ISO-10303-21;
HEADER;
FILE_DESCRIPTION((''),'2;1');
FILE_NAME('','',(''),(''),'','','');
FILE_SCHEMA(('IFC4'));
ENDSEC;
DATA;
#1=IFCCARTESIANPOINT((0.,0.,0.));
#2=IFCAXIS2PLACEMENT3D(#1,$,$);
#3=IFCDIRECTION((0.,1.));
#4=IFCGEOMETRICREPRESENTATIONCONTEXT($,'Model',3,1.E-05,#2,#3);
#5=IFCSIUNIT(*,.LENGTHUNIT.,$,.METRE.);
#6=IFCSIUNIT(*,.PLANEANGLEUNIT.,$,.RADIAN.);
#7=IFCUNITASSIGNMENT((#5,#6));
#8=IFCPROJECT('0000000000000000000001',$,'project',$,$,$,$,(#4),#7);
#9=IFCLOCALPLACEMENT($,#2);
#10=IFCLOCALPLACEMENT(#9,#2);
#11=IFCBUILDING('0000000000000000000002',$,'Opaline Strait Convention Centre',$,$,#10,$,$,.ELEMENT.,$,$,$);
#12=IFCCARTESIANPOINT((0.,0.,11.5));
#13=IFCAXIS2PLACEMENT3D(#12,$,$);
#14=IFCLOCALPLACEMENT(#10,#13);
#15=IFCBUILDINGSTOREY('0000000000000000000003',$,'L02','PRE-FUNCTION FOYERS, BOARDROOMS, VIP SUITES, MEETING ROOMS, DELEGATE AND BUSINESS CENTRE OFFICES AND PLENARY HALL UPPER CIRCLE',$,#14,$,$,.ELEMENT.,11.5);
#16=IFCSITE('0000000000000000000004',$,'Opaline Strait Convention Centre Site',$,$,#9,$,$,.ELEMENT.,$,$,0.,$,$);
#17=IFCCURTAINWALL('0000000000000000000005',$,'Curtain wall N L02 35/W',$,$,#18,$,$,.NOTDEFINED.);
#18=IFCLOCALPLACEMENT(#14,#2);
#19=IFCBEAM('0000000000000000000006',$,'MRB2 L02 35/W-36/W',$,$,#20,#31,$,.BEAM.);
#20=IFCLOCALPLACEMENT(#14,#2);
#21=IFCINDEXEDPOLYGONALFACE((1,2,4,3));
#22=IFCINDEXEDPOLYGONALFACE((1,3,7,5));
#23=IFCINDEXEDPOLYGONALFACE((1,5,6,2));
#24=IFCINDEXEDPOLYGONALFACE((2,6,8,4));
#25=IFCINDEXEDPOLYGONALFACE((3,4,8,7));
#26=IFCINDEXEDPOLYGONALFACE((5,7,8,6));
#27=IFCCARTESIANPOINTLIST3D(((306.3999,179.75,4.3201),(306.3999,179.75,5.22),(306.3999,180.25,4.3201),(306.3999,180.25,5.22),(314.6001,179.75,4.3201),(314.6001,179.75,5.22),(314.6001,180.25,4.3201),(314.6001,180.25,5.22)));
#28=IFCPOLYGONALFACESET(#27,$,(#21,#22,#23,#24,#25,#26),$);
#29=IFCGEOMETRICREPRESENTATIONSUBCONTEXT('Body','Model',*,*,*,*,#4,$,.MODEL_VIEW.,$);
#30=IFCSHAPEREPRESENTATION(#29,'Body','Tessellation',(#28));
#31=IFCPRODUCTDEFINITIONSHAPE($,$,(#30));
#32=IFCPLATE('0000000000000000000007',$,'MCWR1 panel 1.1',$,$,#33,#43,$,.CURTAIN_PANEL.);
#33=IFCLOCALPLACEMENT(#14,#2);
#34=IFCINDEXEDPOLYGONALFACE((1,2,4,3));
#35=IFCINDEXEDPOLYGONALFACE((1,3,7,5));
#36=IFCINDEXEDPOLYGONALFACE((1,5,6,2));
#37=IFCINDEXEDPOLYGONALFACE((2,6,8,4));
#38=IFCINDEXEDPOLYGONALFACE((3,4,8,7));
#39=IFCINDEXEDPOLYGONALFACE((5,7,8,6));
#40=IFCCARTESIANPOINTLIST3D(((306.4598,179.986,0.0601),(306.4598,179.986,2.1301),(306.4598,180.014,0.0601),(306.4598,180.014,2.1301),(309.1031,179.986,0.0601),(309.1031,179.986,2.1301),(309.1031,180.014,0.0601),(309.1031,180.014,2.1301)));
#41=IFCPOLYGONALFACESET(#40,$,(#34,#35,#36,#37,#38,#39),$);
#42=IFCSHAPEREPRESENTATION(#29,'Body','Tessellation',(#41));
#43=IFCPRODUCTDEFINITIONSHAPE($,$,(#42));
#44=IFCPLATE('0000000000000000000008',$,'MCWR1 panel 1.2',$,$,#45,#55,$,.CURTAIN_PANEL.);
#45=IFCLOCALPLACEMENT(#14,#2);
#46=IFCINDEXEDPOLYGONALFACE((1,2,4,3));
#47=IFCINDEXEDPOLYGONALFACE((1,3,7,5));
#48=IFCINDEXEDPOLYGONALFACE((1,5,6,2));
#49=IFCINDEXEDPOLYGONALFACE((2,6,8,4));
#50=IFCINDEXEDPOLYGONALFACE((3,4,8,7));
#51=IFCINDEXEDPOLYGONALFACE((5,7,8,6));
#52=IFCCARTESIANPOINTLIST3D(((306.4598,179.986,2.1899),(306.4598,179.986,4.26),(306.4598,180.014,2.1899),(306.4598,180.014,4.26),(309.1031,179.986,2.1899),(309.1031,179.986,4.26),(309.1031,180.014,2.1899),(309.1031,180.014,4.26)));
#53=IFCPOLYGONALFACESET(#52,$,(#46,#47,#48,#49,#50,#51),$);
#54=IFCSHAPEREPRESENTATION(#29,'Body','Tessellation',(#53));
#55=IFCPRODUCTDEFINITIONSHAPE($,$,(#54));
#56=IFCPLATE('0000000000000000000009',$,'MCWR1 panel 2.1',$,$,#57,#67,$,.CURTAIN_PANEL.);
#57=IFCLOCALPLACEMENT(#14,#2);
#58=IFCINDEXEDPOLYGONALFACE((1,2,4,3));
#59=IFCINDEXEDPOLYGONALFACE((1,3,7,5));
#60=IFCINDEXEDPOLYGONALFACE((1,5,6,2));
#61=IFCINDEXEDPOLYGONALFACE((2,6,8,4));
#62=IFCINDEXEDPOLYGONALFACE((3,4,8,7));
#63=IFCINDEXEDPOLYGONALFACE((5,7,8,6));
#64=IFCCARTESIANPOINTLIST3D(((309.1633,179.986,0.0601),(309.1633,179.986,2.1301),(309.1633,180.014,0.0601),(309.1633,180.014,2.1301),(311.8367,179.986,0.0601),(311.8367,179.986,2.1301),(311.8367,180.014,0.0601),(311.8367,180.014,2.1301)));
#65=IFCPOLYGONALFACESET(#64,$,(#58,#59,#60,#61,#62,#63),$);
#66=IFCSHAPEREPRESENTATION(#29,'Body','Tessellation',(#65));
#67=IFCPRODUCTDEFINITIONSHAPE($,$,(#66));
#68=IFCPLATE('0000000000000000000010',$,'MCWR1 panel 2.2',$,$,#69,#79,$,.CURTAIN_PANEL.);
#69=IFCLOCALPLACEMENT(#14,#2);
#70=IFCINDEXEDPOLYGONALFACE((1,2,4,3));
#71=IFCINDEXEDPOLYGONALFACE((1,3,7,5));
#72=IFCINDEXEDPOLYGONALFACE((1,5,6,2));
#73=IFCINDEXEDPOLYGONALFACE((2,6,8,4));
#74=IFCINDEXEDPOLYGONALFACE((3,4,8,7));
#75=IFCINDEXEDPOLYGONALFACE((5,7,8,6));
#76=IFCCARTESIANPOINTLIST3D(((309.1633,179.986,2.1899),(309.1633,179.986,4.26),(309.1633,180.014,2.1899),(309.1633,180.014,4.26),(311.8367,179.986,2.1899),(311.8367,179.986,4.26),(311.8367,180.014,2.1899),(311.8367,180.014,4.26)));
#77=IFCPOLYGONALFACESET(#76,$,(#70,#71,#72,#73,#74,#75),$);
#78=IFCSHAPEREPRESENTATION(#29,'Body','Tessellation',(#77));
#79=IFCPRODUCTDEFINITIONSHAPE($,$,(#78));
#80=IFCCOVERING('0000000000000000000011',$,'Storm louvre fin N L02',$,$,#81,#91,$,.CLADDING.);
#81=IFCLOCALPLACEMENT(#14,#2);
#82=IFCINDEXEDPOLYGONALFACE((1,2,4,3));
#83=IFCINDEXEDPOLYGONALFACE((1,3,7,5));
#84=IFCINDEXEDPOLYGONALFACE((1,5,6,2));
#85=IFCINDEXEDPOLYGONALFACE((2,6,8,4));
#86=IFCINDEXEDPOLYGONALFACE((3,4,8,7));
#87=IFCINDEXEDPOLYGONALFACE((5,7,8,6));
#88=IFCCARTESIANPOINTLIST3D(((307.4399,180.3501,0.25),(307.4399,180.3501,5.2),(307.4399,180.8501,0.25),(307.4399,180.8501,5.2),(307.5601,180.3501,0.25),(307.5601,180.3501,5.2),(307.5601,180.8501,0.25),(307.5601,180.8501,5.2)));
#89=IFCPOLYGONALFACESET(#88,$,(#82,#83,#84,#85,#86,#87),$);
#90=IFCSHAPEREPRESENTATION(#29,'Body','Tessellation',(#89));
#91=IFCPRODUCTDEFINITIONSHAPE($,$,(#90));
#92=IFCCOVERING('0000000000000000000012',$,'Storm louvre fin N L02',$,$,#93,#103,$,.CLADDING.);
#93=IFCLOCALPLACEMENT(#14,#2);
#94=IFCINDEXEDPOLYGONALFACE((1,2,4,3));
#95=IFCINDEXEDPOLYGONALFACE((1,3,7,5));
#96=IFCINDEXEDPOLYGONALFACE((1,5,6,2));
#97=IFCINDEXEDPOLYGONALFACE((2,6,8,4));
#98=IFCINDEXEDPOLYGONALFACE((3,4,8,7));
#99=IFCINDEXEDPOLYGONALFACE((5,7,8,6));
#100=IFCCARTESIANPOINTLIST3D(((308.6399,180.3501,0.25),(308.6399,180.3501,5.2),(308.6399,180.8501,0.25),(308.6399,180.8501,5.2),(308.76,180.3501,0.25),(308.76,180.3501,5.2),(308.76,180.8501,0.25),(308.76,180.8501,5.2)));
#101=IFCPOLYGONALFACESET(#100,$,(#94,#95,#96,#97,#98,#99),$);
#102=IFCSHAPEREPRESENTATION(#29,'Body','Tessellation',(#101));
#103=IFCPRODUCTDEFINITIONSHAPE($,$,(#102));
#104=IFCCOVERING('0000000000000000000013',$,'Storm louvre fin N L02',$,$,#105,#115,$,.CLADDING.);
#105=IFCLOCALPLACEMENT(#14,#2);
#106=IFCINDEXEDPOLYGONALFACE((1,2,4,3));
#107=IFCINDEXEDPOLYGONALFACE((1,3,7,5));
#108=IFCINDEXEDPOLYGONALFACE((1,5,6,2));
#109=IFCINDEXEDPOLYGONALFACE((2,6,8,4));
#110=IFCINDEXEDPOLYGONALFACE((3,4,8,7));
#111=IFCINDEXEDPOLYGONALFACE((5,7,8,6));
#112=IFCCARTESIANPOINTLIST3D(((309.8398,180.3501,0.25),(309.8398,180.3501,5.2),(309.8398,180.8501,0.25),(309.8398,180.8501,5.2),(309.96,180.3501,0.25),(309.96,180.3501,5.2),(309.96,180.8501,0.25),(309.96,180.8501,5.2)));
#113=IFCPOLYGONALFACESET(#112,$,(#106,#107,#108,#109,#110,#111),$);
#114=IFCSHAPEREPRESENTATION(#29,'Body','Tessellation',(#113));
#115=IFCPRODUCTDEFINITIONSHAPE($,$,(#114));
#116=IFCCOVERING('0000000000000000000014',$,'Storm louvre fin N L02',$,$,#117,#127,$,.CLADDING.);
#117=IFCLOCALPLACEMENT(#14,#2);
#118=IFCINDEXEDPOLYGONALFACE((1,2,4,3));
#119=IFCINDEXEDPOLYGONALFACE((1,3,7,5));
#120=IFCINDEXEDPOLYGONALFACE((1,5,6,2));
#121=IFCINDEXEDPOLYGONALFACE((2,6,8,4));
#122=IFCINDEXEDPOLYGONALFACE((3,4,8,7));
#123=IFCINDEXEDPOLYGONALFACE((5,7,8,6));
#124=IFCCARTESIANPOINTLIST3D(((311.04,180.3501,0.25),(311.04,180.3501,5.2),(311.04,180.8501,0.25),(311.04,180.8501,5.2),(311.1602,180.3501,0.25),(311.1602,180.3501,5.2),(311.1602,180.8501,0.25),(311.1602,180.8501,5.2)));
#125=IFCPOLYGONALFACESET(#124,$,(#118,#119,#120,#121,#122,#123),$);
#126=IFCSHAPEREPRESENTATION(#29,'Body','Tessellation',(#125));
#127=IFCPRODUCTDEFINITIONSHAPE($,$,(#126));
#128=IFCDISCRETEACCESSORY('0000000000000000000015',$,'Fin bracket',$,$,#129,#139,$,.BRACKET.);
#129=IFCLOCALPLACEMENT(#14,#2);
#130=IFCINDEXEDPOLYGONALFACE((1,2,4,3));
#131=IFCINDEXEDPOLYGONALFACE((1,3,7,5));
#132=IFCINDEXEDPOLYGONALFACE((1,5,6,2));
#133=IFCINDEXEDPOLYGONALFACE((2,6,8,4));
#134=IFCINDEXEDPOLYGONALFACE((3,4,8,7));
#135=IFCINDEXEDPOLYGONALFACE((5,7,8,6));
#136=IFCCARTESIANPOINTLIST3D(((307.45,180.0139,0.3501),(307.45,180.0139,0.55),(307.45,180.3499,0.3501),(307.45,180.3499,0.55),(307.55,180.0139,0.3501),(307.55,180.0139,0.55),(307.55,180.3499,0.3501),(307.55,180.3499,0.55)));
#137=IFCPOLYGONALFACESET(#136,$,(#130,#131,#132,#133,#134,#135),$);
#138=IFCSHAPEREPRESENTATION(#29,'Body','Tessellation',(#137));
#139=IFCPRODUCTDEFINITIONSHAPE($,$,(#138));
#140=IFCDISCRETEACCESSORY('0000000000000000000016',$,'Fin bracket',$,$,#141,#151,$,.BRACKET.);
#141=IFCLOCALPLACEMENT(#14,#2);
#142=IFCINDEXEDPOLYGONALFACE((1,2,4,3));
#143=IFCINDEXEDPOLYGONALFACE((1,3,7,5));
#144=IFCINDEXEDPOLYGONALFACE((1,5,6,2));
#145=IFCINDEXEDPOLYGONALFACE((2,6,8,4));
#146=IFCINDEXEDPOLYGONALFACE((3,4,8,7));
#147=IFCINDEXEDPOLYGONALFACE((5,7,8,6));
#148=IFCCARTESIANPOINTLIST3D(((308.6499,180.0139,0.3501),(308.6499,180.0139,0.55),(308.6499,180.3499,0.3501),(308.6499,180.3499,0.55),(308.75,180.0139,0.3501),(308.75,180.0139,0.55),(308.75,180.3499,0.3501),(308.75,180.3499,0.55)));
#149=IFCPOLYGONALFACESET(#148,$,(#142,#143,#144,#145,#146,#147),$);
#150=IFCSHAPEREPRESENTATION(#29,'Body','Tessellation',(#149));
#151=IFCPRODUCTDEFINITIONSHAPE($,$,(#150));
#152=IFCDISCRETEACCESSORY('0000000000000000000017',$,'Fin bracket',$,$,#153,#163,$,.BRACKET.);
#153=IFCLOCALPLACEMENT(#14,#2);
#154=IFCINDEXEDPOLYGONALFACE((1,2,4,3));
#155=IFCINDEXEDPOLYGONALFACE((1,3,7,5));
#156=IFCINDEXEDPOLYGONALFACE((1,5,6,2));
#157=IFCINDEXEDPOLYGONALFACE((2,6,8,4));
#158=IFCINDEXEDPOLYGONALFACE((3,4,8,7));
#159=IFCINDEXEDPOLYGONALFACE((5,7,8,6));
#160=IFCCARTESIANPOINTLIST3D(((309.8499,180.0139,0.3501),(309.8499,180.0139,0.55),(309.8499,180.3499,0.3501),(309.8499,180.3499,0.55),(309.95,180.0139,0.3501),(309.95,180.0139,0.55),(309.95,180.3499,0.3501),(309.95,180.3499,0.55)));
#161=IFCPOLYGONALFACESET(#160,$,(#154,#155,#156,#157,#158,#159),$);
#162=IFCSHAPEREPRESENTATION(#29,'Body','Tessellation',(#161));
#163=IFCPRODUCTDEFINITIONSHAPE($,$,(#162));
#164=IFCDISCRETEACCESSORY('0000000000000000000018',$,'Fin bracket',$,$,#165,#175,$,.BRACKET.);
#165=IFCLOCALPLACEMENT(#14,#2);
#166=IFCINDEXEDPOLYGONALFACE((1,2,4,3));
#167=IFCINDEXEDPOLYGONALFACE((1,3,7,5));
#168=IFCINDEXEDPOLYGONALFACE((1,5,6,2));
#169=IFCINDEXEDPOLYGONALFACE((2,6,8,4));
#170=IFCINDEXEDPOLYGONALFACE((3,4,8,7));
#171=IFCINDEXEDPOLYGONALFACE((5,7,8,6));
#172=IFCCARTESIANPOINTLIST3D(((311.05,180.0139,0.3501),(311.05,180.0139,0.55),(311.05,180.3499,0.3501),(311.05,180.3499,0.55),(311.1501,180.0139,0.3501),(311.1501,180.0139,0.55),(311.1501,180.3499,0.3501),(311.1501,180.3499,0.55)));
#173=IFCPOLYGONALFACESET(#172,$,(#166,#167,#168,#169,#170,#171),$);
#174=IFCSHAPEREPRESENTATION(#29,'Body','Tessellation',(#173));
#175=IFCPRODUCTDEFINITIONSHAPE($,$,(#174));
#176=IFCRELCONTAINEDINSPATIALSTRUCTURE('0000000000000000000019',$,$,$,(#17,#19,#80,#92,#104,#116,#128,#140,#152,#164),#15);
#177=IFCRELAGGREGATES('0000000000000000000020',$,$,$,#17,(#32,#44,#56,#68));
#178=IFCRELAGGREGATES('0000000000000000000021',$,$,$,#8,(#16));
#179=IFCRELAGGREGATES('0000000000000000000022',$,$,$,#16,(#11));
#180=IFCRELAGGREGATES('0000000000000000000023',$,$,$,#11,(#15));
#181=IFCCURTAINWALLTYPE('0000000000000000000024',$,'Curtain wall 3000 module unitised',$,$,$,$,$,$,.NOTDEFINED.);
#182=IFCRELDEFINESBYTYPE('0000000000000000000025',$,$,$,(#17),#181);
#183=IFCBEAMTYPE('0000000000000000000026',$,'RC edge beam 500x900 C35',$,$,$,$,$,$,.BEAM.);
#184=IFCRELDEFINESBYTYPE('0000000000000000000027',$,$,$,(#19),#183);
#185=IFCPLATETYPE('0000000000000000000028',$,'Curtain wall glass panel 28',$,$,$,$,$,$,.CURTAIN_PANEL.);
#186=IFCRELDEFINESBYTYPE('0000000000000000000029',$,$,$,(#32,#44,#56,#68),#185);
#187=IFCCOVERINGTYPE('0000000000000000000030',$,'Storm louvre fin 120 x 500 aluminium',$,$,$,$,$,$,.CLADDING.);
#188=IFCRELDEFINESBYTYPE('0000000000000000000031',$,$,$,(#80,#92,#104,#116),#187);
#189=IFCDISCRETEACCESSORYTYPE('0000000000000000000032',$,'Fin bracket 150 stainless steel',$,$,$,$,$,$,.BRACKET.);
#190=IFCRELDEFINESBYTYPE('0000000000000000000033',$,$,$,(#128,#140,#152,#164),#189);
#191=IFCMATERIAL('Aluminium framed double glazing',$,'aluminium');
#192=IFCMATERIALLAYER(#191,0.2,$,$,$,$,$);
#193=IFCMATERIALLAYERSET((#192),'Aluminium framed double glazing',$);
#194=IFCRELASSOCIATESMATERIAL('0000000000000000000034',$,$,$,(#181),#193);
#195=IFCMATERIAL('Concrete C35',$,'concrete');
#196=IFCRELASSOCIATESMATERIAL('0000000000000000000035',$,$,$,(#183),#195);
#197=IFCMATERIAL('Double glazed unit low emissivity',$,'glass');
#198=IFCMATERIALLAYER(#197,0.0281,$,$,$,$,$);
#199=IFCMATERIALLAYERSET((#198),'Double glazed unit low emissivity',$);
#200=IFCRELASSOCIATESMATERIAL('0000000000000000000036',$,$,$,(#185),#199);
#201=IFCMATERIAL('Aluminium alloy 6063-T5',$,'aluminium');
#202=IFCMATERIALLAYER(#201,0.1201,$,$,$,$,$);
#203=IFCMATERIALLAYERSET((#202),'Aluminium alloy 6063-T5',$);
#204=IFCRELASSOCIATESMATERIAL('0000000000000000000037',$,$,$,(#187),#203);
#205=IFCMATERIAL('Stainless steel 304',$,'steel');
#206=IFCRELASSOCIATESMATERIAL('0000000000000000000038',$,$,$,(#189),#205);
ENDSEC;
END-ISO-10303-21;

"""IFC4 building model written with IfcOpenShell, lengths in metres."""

from ifc_helpers import new_model, si_unit, direction, frame, origin, origin_2d, place, context, subcontext, project, spatial, rectangle, extrude, material, layer, layer_set, material_profile, profile_set, type_object, element, aggregate, save


model = new_model("IFC4")

# Units and contexts
model_context = context("Model", 3, precision=1e-05, world=origin(), true_north=direction((0.0, 1.0)))
body_context = subcontext(model_context, "Body", "Model", "MODEL_VIEW")
ifc_project = project(units=[si_unit("LENGTHUNIT", "METRE"), si_unit("PLANEANGLEUNIT", "RADIAN")], contexts=[model_context])

# Site, building, storey
site_placement = place(None, origin())
site = spatial("IfcSite", under=ifc_project, at=site_placement, Name="Opaline Strait Convention Centre Site", CompositionType="ELEMENT", RefElevation=0.0)
building_placement = place(site_placement, origin())
building = spatial("IfcBuilding", under=site, at=building_placement, Name="Opaline Strait Convention Centre", CompositionType="ELEMENT")
storey_placement = place(building_placement, frame((0.0, 0.0, 11.5)))
storey = spatial("IfcBuildingStorey", under=building, at=storey_placement, Name="L02", Description="PRE-FUNCTION FOYERS, BOARDROOMS, VIP SUITES, MEETING ROOMS, DELEGATE AND BUSINESS CENTRE OFFICES AND PLENARY HALL UPPER CIRCLE", CompositionType="ELEMENT", Elevation=11.5)

# Curtain wall
ifc_material_1 = material(Name="Aluminium framed double glazing", Category="aluminium")
ifc_layer_1 = layer(ifc_material_1, 0.2)
ifc_layer_set_1 = layer_set([ifc_layer_1], Name="Aluminium framed double glazing")
curtain_wall_type = type_object("IfcCurtainWallType", Name="Curtain wall 3000 module unitised", PredefinedType="NOTDEFINED", material=ifc_layer_set_1)
curtain_wall_placement = place(storey_placement, origin())
curtain_wall = element("IfcCurtainWall", 1, at=curtain_wall_placement, inside=storey, type_object=curtain_wall_type, Name="Curtain wall N L02 35/W", PredefinedType="NOTDEFINED")

# Beam
ifc_material_2 = material(Name="Concrete C35", Category="concrete")
ifc_material_profile_1 = material_profile(ifc_material_2, rectangle(XDim=0.5, YDim=0.8999, at=origin_2d()), Name="RC 500x900")
ifc_profile_set_1 = profile_set([ifc_material_profile_1], Name="Concrete C35")
beam_type = type_object("IfcBeamType", Name="RC edge beam 500x900 C35", PredefinedType="BEAM", material=ifc_profile_set_1)
beam_placement = place(storey_placement, frame((306.3999, 180.0, 4.77), z_axis=(1.0, 0.0, 0.0), x_axis=(0.0, 1.0, 0.0)))
element("IfcBeam", 2, at=beam_placement, inside=storey, type_object=beam_type, Name="MRB2 L02 35/W-36/W", PredefinedType="BEAM", context=body_context, shape_type="SweptSolid", body=[
    extrude(rectangle(XDim=0.5, YDim=0.8999, at=origin_2d()), origin(), (0.0, 0.0, 1.0), 8.2002),
])

# Plates
ifc_material_3 = material(Name="Double glazed unit low emissivity", Category="glass")
ifc_layer_2 = layer(ifc_material_3, 0.0281)
ifc_layer_set_2 = layer_set([ifc_layer_2], Name="Double glazed unit low emissivity")
plate_type = type_object("IfcPlateType", Name="Curtain wall glass panel 28", PredefinedType="CURTAIN_PANEL", material=ifc_layer_set_2)
plate_1_placement = place(storey_placement, frame((307.7815, 180.0, 0.0601), z_axis=(0.0, 0.0, 1.0), x_axis=(1.0, 0.0, 0.0)))
plate_1 = element("IfcPlate", 3, at=plate_1_placement, type_object=plate_type, Name="MCWR1 panel 1.1", PredefinedType="CURTAIN_PANEL", context=body_context, shape_type="SweptSolid", body=[
    extrude(rectangle(XDim=2.6433, YDim=0.0281, at=origin_2d()), origin(), (0.0, 0.0, 1.0), 2.0701),
])
plate_2_placement = place(storey_placement, frame((307.7815, 180.0, 2.1899), z_axis=(0.0, 0.0, 1.0), x_axis=(1.0, 0.0, 0.0)))
plate_2 = element("IfcPlate", 4, at=plate_2_placement, type_object=plate_type, Name="MCWR1 panel 1.2", PredefinedType="CURTAIN_PANEL", context=body_context, shape_type="SweptSolid", body=[
    extrude(rectangle(XDim=2.6433, YDim=0.0281, at=origin_2d()), origin(), (0.0, 0.0, 1.0), 2.0701),
])
plate_3_placement = place(storey_placement, frame((310.5, 180.0, 0.0601), z_axis=(0.0, 0.0, 1.0), x_axis=(1.0, 0.0, 0.0)))
plate_3 = element("IfcPlate", 5, at=plate_3_placement, type_object=plate_type, Name="MCWR1 panel 2.1", PredefinedType="CURTAIN_PANEL", context=body_context, shape_type="SweptSolid", body=[
    extrude(rectangle(XDim=2.6733, YDim=0.0281, at=origin_2d()), origin(), (0.0, 0.0, 1.0), 2.0701),
])
plate_4_placement = place(storey_placement, frame((310.5, 180.0, 2.1899), z_axis=(0.0, 0.0, 1.0), x_axis=(1.0, 0.0, 0.0)))
plate_4 = element("IfcPlate", 6, at=plate_4_placement, type_object=plate_type, Name="MCWR1 panel 2.2", PredefinedType="CURTAIN_PANEL", context=body_context, shape_type="SweptSolid", body=[
    extrude(rectangle(XDim=2.6733, YDim=0.0281, at=origin_2d()), origin(), (0.0, 0.0, 1.0), 2.0701),
])
aggregate(curtain_wall, [plate_1, plate_2, plate_3, plate_4])

# Coverings
ifc_material_4 = material(Name="Aluminium alloy 6063-T5", Category="aluminium")
ifc_layer_3 = layer(ifc_material_4, 0.1201)
ifc_layer_set_3 = layer_set([ifc_layer_3], Name="Aluminium alloy 6063-T5")
covering_type = type_object("IfcCoveringType", Name="Storm louvre fin 120 x 500 aluminium", PredefinedType="CLADDING", material=ifc_layer_set_3)
for number, where, z_axis, x_axis, name in (
    (7, (307.5, 180.6001, 0.25), (0.0, 0.0, 1.0), (1.0, 0.0, 0.0), "Storm louvre fin N L02"),
    (8, (308.7, 180.6001, 0.25), (0.0, 0.0, 1.0), (1.0, 0.0, 0.0), "Storm louvre fin N L02"),
    (9, (309.8999, 180.6001, 0.25), (0.0, 0.0, 1.0), (1.0, 0.0, 0.0), "Storm louvre fin N L02"),
    (10, (311.1001, 180.6001, 0.25), (0.0, 0.0, 1.0), (1.0, 0.0, 0.0), "Storm louvre fin N L02"),
):
    element("IfcCovering", number, at=place(storey_placement, frame(where, z_axis=z_axis, x_axis=x_axis)), inside=storey, type_object=covering_type, Name=name, PredefinedType="CLADDING", context=body_context, shape_type="SweptSolid", body=[
        extrude(rectangle(XDim=0.1201, YDim=0.5, at=origin_2d()), origin(), (0.0, 0.0, 1.0), 4.95),
    ])

# Discrete accessories
ifc_material_5 = material(Name="Stainless steel 304", Category="steel")
discrete_accessory_type = type_object("IfcDiscreteAccessoryType", Name="Fin bracket 150 stainless steel", PredefinedType="BRACKET", material=ifc_material_5)
for number, where, z_axis, x_axis, name in (
    (11, (307.5, 180.1819, 0.3501), (0.0, 0.0, 1.0), (1.0, 0.0, 0.0), "Fin bracket"),
    (12, (308.7, 180.1819, 0.3501), (0.0, 0.0, 1.0), (1.0, 0.0, 0.0), "Fin bracket"),
    (13, (309.8999, 180.1819, 0.3501), (0.0, 0.0, 1.0), (1.0, 0.0, 0.0), "Fin bracket"),
    (14, (311.1001, 180.1819, 0.3501), (0.0, 0.0, 1.0), (1.0, 0.0, 0.0), "Fin bracket"),
):
    element("IfcDiscreteAccessory", number, at=place(storey_placement, frame(where, z_axis=z_axis, x_axis=x_axis)), inside=storey, type_object=discrete_accessory_type, Name=name, PredefinedType="BRACKET", context=body_context, shape_type="SweptSolid", body=[
        extrude(rectangle(XDim=0.1001, YDim=0.3359, at=origin_2d()), origin(), (0.0, 0.0, 1.0), 0.2),
    ])

save(model, "model.ifc")
